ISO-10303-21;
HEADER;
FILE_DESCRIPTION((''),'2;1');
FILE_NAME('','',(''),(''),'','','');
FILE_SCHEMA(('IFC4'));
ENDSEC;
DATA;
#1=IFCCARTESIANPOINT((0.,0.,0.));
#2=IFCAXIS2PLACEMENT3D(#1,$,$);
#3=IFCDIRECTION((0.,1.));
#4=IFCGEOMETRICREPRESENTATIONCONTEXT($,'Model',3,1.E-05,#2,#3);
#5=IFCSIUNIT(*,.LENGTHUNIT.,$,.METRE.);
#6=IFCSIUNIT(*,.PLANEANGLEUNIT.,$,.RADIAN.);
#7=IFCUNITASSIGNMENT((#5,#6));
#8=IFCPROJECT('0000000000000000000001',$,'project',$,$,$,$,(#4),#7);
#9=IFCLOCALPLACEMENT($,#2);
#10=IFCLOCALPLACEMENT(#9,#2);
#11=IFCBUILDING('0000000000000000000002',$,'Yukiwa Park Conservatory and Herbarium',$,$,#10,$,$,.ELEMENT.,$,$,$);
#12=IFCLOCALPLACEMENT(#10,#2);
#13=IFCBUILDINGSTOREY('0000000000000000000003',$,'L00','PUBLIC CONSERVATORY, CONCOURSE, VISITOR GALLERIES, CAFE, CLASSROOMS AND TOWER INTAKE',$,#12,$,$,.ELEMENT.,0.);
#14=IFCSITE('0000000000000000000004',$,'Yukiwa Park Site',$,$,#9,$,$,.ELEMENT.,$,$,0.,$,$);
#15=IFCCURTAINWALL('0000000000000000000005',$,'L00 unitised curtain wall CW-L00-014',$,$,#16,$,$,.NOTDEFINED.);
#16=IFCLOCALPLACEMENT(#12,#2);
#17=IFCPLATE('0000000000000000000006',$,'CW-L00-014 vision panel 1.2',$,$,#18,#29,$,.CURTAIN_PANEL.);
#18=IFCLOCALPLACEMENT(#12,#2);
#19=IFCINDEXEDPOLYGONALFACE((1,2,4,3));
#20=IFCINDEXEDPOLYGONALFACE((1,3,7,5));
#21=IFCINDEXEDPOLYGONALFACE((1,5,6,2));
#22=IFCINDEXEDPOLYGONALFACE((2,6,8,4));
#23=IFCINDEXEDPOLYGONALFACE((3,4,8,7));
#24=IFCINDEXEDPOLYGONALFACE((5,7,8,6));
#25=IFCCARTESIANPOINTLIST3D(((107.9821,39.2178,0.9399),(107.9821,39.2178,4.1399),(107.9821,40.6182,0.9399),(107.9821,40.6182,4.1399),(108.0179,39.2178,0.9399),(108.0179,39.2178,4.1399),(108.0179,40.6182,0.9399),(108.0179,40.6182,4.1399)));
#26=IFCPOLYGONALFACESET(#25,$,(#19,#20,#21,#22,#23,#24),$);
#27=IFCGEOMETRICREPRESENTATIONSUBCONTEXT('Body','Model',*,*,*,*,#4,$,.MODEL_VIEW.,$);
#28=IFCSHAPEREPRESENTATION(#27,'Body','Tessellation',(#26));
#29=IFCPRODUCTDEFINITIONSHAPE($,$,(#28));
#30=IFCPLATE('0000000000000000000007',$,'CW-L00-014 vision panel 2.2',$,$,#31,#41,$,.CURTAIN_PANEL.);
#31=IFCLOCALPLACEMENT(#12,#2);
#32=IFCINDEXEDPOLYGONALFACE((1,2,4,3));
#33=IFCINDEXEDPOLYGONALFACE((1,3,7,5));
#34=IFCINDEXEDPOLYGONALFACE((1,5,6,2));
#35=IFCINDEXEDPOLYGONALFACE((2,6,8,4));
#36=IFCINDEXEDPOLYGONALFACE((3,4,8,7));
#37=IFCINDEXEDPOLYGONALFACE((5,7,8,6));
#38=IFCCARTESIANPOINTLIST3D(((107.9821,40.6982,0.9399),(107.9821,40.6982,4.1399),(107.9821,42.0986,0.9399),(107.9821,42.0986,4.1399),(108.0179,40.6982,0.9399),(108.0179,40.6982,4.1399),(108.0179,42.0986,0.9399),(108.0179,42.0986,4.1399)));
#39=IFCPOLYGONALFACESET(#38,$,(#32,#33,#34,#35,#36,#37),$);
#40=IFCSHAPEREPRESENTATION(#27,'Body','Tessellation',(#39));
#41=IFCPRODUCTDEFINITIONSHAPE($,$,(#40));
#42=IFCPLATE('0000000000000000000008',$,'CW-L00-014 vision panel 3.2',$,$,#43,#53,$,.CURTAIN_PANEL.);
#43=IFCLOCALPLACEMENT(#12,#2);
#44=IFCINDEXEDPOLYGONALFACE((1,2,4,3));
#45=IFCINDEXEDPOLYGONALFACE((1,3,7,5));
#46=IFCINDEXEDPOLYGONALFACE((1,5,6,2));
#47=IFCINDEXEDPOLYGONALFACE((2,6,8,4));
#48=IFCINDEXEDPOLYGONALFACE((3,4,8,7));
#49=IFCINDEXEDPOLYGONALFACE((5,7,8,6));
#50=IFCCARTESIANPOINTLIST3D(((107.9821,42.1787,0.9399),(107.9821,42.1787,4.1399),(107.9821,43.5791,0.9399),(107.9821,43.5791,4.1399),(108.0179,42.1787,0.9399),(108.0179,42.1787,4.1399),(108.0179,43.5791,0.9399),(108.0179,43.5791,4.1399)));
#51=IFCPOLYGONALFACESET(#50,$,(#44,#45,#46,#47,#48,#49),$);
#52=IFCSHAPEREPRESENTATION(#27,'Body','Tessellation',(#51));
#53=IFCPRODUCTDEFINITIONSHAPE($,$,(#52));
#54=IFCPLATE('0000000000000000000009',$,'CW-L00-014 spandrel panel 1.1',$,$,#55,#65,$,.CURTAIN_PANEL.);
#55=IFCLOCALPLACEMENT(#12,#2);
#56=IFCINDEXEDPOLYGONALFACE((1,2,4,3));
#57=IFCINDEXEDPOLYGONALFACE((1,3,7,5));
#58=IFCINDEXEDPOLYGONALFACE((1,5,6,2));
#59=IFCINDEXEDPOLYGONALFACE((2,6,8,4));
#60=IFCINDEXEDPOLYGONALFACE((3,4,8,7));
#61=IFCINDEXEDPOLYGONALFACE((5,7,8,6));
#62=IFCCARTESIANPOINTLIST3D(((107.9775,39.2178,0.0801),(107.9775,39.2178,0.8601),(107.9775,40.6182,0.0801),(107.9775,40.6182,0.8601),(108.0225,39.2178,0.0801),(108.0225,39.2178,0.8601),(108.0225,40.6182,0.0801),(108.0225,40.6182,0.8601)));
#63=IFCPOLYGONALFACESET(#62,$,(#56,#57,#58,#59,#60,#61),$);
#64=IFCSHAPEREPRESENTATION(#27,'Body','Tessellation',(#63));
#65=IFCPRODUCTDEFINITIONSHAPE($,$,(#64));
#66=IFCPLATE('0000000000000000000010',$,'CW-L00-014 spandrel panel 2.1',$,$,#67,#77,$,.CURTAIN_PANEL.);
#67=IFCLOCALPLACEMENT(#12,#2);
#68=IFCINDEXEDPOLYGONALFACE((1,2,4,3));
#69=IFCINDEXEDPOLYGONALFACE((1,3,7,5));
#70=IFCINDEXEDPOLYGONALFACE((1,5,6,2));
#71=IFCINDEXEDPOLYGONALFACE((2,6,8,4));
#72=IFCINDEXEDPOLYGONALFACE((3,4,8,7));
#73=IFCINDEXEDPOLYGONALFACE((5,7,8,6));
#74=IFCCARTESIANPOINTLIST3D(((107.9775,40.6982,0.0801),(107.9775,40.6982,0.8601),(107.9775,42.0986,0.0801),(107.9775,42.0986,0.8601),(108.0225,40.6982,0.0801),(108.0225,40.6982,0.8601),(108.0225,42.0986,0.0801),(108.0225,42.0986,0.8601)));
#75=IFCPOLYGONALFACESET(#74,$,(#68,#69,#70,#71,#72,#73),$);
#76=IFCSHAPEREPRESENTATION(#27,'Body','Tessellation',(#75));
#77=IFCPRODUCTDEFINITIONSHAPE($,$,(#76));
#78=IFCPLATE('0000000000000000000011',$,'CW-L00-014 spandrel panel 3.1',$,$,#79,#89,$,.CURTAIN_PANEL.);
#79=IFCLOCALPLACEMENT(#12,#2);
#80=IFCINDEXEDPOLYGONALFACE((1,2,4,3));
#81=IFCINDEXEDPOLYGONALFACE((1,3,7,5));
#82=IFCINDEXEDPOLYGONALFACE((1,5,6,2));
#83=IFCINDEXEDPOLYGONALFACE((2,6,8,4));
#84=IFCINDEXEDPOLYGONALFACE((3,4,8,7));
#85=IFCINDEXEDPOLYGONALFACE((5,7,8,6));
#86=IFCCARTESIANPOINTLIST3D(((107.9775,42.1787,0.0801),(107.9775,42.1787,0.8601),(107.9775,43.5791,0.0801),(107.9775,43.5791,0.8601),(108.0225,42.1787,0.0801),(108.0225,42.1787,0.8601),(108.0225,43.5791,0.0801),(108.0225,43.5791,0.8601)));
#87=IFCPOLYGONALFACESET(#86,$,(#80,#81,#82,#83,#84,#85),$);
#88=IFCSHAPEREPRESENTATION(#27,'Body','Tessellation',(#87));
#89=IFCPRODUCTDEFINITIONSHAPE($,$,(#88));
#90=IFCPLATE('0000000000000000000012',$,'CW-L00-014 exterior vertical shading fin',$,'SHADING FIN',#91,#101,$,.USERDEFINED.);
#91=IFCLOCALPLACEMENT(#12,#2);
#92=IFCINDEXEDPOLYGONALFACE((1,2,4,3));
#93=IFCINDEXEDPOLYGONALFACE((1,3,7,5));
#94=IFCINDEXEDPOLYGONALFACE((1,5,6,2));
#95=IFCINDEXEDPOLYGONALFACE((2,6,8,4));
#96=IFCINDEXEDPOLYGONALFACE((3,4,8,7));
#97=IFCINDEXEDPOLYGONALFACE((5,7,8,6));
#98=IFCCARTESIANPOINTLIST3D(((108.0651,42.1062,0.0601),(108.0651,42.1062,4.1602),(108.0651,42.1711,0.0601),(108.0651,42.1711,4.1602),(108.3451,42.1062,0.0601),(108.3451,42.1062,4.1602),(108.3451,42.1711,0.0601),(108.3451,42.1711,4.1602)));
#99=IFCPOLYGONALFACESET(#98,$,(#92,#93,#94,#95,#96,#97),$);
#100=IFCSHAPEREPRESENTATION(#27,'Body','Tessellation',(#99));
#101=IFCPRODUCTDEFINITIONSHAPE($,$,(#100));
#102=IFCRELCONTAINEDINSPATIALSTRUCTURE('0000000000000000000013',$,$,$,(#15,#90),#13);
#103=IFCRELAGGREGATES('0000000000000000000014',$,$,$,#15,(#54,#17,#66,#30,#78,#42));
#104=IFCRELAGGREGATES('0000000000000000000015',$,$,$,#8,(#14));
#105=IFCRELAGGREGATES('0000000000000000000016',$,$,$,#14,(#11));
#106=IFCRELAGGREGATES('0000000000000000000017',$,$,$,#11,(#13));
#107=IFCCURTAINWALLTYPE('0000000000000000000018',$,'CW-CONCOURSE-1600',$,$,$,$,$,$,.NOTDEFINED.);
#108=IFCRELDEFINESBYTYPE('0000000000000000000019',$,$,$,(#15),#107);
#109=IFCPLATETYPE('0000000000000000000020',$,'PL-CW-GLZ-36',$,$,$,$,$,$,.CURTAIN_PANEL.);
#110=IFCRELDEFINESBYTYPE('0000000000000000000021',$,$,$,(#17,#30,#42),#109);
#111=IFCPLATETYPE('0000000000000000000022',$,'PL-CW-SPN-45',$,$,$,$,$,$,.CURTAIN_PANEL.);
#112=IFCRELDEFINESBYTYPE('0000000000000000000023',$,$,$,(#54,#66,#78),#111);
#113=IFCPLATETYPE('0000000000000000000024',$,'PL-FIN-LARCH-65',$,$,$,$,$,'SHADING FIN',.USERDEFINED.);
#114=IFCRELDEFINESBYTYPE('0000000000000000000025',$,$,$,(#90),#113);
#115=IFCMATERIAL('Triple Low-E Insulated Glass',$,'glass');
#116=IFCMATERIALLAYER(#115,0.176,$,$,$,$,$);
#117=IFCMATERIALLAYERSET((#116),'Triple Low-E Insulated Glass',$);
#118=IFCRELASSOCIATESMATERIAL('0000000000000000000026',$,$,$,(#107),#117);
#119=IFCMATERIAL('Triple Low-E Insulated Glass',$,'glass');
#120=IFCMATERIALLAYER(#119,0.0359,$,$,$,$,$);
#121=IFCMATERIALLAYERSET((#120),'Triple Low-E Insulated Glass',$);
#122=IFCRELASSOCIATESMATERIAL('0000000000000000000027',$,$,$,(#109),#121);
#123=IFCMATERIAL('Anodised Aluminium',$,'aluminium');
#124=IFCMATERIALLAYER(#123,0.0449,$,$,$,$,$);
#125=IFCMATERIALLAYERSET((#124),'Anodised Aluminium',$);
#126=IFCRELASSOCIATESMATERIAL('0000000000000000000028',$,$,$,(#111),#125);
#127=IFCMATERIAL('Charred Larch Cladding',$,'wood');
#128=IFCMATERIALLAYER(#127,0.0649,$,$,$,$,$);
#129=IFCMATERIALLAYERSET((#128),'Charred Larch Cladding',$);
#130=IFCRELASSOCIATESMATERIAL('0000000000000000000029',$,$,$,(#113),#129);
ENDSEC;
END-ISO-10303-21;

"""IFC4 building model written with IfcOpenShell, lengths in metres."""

from ifc_helpers import new_model, si_unit, direction, frame, origin, origin_2d, place, context, subcontext, project, spatial, rectangle, extrude, material, layer, layer_set, type_object, element, aggregate, save


model = new_model("IFC4")

# Units and contexts
model_context = context("Model", 3, precision=1e-05, world=origin(), true_north=direction((0.0, 1.0)))
body_context = subcontext(model_context, "Body", "Model", "MODEL_VIEW")
ifc_project = project(units=[si_unit("LENGTHUNIT", "METRE"), si_unit("PLANEANGLEUNIT", "RADIAN")], contexts=[model_context])

# Site, building, storey
site_placement = place(None, origin())
site = spatial("IfcSite", under=ifc_project, at=site_placement, Name="Yukiwa Park Site", CompositionType="ELEMENT", RefElevation=0.0)
building_placement = place(site_placement, origin())
building = spatial("IfcBuilding", under=site, at=building_placement, Name="Yukiwa Park Conservatory and Herbarium", CompositionType="ELEMENT")
storey_placement = place(building_placement, origin())
storey = spatial("IfcBuildingStorey", under=building, at=storey_placement, Name="L00", Description="PUBLIC CONSERVATORY, CONCOURSE, VISITOR GALLERIES, CAFE, CLASSROOMS AND TOWER INTAKE", CompositionType="ELEMENT", Elevation=0.0)

# Shared definitions
ifc_material_1 = material(Name="Triple Low-E Insulated Glass", Category="glass")
ifc_layer_1 = layer(ifc_material_1, 0.176)
ifc_layer_set_1 = layer_set([ifc_layer_1], Name="Triple Low-E Insulated Glass")
curtain_wall_type = type_object("IfcCurtainWallType", Name="CW-CONCOURSE-1600", PredefinedType="NOTDEFINED", material=ifc_layer_set_1)

# Curtain wall, plates
curtain_wall_1_placement = place(storey_placement, origin())
curtain_wall_1 = element("IfcCurtainWall", 1, at=curtain_wall_1_placement, inside=storey, type_object=curtain_wall_type, Name="L00 unitised curtain wall CW-L00-014", PredefinedType="NOTDEFINED")
ifc_material_2 = material(Name="Triple Low-E Insulated Glass", Category="glass")
ifc_layer_2 = layer(ifc_material_2, 0.0359)
ifc_layer_set_2 = layer_set([ifc_layer_2], Name="Triple Low-E Insulated Glass")
plate_type_1 = type_object("IfcPlateType", Name="PL-CW-GLZ-36", PredefinedType="CURTAIN_PANEL", material=ifc_layer_set_2)
plate_1_placement = place(storey_placement, frame((108.0, 39.918, 0.9399), z_axis=(0.0, 0.0, 1.0), x_axis=(0.0, 1.0, 0.0)))
plate_1 = element("IfcPlate", 2, at=plate_1_placement, type_object=plate_type_1, Name="CW-L00-014 vision panel 1.2", PredefinedType="CURTAIN_PANEL", context=body_context, shape_type="SweptSolid", body=[
    extrude(rectangle(XDim=1.4004, YDim=0.0359, at=origin_2d()), origin(), (0.0, 0.0, 1.0), 3.2),
])
plate_2_placement = place(storey_placement, frame((108.0, 41.3984, 0.9399), z_axis=(0.0, 0.0, 1.0), x_axis=(0.0, 1.0, 0.0)))
plate_2 = element("IfcPlate", 3, at=plate_2_placement, type_object=plate_type_1, Name="CW-L00-014 vision panel 2.2", PredefinedType="CURTAIN_PANEL", context=body_context, shape_type="SweptSolid", body=[
    extrude(rectangle(XDim=1.4004, YDim=0.0359, at=origin_2d()), origin(), (0.0, 0.0, 1.0), 3.2),
])
plate_3_placement = place(storey_placement, frame((108.0, 42.8789, 0.9399), z_axis=(0.0, 0.0, 1.0), x_axis=(0.0, 1.0, 0.0)))
plate_3 = element("IfcPlate", 4, at=plate_3_placement, type_object=plate_type_1, Name="CW-L00-014 vision panel 3.2", PredefinedType="CURTAIN_PANEL", context=body_context, shape_type="SweptSolid", body=[
    extrude(rectangle(XDim=1.4004, YDim=0.0359, at=origin_2d()), origin(), (0.0, 0.0, 1.0), 3.2),
])
ifc_material_3 = material(Name="Anodised Aluminium", Category="aluminium")
ifc_layer_3 = layer(ifc_material_3, 0.0449)
ifc_layer_set_3 = layer_set([ifc_layer_3], Name="Anodised Aluminium")
plate_type_2 = type_object("IfcPlateType", Name="PL-CW-SPN-45", PredefinedType="CURTAIN_PANEL", material=ifc_layer_set_3)
plate_4_placement = place(storey_placement, frame((108.0, 39.918, 0.0801), z_axis=(0.0, 0.0, 1.0), x_axis=(0.0, 1.0, 0.0)))
plate_4 = element("IfcPlate", 5, at=plate_4_placement, type_object=plate_type_2, Name="CW-L00-014 spandrel panel 1.1", PredefinedType="CURTAIN_PANEL", context=body_context, shape_type="SweptSolid", body=[
    extrude(rectangle(XDim=1.4004, YDim=0.0449, at=origin_2d()), origin(), (0.0, 0.0, 1.0), 0.78),
])
plate_5_placement = place(storey_placement, frame((108.0, 41.3984, 0.0801), z_axis=(0.0, 0.0, 1.0), x_axis=(0.0, 1.0, 0.0)))
plate_5 = element("IfcPlate", 6, at=plate_5_placement, type_object=plate_type_2, Name="CW-L00-014 spandrel panel 2.1", PredefinedType="CURTAIN_PANEL", context=body_context, shape_type="SweptSolid", body=[
    extrude(rectangle(XDim=1.4004, YDim=0.0449, at=origin_2d()), origin(), (0.0, 0.0, 1.0), 0.78),
])
plate_6_placement = place(storey_placement, frame((108.0, 42.8789, 0.0801), z_axis=(0.0, 0.0, 1.0), x_axis=(0.0, 1.0, 0.0)))
plate_6 = element("IfcPlate", 7, at=plate_6_placement, type_object=plate_type_2, Name="CW-L00-014 spandrel panel 3.1", PredefinedType="CURTAIN_PANEL", context=body_context, shape_type="SweptSolid", body=[
    extrude(rectangle(XDim=1.4004, YDim=0.0449, at=origin_2d()), origin(), (0.0, 0.0, 1.0), 0.78),
])
aggregate(curtain_wall_1, [plate_4, plate_1, plate_5, plate_2, plate_6, plate_3])

# Plate
ifc_material_4 = material(Name="Charred Larch Cladding", Category="wood")
ifc_layer_4 = layer(ifc_material_4, 0.0649)
ifc_layer_set_4 = layer_set([ifc_layer_4], Name="Charred Larch Cladding")
plate_type_3 = type_object("IfcPlateType", Name="PL-FIN-LARCH-65", ElementType="SHADING FIN", PredefinedType="USERDEFINED", material=ifc_layer_set_4)
plate_7_placement = place(storey_placement, frame((108.2051, 42.1387, 0.0601), z_axis=(0.0, 0.0, 1.0), x_axis=(0.0, 1.0, 0.0)))
element("IfcPlate", 8, at=plate_7_placement, inside=storey, type_object=plate_type_3, Name="CW-L00-014 exterior vertical shading fin", ObjectType="SHADING FIN", PredefinedType="USERDEFINED", context=body_context, shape_type="SweptSolid", body=[
    extrude(rectangle(XDim=0.0649, YDim=0.28, at=origin_2d()), origin(), (0.0, 0.0, 1.0), 4.1001),
])

save(model, "model.ifc")
